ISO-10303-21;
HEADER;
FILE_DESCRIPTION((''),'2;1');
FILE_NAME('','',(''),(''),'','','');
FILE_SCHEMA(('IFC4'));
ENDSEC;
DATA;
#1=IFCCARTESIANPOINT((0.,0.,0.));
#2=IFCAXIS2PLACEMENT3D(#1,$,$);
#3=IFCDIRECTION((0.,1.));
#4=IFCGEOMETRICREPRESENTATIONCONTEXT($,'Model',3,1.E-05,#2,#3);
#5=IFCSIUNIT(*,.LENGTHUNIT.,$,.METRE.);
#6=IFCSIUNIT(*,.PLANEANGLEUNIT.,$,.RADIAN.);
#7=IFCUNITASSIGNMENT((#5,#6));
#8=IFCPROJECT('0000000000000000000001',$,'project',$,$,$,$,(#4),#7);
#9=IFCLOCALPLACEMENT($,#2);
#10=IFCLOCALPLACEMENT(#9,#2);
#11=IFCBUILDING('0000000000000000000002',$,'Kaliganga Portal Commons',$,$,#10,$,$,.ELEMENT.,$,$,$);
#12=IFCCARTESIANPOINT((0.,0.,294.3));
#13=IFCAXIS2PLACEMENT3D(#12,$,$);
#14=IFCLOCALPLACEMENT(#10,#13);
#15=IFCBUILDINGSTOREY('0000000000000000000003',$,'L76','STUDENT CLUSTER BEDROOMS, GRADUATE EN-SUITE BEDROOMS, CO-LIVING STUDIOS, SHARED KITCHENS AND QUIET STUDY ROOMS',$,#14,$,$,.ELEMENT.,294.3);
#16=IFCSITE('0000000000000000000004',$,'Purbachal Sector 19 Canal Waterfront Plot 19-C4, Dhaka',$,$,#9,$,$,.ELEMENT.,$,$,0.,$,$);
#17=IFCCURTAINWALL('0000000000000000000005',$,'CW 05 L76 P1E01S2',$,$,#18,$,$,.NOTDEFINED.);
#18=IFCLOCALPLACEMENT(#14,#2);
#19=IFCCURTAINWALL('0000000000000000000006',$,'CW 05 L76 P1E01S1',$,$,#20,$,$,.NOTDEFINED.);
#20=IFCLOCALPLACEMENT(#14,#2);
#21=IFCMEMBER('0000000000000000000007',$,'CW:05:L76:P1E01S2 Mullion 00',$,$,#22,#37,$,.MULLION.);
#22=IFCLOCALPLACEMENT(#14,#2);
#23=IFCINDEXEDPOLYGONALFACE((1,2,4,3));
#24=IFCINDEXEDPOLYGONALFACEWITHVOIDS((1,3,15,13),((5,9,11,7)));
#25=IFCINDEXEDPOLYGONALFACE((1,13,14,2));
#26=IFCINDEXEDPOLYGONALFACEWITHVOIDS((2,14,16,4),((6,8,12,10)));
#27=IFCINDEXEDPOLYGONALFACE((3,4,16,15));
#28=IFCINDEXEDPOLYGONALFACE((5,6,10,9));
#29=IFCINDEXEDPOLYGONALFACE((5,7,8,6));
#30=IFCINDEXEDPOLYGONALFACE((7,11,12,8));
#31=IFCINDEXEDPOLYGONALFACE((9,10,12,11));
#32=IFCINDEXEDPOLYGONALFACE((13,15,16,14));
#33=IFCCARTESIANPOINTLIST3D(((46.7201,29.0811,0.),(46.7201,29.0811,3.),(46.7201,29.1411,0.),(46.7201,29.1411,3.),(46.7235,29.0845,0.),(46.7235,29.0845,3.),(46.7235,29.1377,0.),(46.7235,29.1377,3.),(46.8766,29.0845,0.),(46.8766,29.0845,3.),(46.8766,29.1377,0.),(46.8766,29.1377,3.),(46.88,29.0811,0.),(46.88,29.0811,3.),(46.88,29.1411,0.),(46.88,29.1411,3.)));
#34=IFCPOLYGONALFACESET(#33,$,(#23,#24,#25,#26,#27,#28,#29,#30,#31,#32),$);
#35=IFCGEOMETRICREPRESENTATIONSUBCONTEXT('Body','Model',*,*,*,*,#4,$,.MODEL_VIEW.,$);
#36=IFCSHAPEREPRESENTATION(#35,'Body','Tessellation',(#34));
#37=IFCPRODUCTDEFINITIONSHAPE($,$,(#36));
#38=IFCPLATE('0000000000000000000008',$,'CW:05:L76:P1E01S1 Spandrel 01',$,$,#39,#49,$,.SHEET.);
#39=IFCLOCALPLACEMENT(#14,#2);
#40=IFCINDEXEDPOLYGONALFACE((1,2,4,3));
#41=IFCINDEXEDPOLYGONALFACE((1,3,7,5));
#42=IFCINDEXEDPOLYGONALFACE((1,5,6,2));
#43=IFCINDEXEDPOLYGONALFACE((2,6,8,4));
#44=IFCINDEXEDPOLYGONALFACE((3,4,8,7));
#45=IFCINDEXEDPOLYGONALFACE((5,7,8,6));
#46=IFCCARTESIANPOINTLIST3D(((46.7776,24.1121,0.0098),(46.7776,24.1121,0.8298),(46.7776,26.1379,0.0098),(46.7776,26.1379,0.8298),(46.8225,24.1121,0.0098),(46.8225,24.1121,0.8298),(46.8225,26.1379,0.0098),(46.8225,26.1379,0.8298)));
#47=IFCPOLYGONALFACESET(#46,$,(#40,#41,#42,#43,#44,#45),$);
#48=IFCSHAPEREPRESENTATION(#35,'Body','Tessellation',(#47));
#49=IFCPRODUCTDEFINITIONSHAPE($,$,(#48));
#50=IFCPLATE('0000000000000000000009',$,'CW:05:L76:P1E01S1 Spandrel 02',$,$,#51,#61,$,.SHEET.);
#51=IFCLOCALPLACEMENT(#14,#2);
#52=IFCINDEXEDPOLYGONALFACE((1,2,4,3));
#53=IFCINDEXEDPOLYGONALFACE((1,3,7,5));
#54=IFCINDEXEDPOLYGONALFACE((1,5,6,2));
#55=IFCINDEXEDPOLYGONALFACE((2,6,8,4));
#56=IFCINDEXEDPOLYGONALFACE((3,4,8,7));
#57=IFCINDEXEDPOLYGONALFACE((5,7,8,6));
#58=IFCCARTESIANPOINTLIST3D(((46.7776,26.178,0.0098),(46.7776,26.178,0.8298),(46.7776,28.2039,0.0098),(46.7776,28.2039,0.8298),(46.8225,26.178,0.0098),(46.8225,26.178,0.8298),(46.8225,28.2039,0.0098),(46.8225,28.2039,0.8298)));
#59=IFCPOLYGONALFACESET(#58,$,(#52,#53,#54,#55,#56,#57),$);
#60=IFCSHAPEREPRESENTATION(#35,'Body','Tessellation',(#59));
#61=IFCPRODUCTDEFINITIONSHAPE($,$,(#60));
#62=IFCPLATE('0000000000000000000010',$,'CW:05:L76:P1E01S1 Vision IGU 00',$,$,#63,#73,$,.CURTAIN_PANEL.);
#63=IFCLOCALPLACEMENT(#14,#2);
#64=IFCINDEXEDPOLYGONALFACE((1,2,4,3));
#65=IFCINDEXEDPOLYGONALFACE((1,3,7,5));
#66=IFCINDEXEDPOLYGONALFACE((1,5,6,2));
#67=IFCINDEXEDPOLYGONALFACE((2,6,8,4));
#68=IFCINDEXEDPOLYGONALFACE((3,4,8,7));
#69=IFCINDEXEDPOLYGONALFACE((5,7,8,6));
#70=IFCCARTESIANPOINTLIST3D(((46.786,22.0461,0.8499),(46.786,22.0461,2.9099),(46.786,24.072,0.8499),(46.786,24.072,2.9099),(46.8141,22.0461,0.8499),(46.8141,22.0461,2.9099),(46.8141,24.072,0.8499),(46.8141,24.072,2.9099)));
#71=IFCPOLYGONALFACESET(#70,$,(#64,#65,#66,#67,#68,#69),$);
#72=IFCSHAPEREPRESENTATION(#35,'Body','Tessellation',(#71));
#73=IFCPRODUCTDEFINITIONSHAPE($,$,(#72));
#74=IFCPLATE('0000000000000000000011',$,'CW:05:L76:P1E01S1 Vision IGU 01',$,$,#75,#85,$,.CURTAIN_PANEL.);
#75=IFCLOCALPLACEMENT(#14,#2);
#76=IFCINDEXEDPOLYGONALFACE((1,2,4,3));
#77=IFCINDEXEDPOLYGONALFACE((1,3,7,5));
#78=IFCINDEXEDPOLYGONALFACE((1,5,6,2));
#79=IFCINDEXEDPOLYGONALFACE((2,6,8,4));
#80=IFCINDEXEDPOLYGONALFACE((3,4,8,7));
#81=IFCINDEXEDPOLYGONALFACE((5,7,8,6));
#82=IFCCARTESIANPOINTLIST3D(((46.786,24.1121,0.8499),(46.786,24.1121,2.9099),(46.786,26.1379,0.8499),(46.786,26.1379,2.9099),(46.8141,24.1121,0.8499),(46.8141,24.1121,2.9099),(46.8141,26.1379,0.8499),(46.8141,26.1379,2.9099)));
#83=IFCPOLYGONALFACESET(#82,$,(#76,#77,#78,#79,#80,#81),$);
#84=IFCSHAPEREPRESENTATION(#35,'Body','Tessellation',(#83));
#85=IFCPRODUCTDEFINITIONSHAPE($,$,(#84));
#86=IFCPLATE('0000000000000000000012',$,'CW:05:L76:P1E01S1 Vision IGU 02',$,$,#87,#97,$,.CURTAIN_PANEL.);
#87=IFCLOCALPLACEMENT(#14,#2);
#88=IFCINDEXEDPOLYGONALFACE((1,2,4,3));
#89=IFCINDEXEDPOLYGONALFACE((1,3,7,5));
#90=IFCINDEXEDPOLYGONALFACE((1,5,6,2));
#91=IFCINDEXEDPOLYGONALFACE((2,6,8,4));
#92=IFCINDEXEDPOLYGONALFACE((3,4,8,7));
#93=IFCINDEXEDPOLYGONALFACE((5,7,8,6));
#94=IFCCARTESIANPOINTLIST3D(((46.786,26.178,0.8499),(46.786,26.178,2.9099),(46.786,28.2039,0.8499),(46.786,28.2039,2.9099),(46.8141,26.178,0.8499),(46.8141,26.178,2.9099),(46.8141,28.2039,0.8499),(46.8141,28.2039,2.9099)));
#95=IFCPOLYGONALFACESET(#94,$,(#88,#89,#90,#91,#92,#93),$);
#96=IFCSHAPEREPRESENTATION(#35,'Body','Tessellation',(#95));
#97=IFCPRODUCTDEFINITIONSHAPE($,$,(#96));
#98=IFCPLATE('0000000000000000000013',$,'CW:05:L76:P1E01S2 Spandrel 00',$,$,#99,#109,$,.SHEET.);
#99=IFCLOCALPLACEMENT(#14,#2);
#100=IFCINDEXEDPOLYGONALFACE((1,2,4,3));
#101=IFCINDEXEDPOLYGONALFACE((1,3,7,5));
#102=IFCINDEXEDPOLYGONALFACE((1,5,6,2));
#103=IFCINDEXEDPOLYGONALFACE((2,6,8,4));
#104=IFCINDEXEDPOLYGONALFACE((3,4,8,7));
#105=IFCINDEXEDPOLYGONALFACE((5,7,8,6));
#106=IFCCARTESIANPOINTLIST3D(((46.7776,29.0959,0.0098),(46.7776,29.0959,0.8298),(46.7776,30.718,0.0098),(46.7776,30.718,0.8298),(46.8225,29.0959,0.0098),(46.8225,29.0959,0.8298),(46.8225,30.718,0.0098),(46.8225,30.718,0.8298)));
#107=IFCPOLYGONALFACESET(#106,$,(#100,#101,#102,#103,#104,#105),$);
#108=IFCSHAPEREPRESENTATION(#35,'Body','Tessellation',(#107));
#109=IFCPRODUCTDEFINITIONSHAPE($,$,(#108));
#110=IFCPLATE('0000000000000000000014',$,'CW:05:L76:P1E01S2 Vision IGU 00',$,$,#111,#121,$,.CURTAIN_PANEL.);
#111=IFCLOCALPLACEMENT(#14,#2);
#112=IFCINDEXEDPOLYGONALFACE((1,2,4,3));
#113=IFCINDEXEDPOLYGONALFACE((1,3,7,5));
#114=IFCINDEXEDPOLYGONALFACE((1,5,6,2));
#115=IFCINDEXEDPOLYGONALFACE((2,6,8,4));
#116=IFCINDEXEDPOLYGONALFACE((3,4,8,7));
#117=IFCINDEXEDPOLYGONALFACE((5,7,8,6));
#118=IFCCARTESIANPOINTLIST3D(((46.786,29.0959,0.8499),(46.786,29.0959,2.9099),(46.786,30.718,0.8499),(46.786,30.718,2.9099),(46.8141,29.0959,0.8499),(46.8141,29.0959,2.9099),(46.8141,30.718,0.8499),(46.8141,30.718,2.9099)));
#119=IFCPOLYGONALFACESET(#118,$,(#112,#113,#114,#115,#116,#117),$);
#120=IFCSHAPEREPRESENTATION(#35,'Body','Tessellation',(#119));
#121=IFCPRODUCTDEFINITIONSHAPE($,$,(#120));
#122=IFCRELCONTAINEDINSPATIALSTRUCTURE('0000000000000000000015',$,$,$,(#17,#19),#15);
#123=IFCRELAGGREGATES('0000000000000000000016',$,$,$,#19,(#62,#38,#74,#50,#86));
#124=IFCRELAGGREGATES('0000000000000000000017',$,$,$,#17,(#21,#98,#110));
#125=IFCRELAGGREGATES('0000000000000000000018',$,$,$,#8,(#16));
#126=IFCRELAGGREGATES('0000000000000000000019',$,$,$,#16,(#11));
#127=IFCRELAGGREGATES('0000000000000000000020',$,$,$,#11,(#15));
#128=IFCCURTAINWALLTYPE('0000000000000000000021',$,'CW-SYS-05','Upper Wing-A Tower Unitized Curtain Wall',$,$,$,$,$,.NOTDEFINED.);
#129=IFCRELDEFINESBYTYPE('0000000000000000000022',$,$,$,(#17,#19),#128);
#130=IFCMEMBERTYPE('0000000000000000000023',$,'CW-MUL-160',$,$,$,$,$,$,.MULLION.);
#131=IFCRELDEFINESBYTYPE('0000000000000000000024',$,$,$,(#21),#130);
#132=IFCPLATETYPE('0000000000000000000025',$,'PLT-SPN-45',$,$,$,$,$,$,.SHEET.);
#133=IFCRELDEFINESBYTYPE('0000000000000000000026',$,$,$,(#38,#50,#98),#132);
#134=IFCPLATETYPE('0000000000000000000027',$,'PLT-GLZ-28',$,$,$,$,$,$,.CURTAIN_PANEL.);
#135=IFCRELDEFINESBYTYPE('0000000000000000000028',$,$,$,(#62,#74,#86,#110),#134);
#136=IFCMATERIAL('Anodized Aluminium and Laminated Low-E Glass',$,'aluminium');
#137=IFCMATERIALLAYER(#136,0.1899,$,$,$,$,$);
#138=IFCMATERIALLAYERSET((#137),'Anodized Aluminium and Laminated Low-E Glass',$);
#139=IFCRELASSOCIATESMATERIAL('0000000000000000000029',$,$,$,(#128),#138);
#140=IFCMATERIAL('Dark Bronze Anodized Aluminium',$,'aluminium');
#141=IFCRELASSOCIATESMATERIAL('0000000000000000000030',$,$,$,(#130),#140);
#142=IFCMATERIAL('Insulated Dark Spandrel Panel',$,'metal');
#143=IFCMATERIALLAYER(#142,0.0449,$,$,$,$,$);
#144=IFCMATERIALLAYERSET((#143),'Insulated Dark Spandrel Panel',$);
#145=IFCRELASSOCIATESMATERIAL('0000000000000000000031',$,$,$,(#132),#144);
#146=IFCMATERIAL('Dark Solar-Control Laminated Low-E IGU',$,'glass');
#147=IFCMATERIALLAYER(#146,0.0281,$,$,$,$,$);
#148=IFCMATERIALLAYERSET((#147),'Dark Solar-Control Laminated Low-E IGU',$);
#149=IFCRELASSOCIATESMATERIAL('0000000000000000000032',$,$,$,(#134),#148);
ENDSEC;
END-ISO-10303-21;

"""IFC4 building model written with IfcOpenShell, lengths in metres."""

from ifc_helpers import new_model, si_unit, direction, frame, origin, origin_2d, place, context, subcontext, project, spatial, rectangle, hollow_rectangle, extrude, source, transform, mapped, material, layer, layer_set, material_profile, profile_set, type_object, element, aggregate, save


model = new_model("IFC4")

# Units and contexts
model_context = context("Model", 3, precision=1e-05, world=origin(), true_north=direction((0.0, 1.0)))
body_context = subcontext(model_context, "Body", "Model", "MODEL_VIEW")
ifc_project = project(units=[si_unit("LENGTHUNIT", "METRE"), si_unit("PLANEANGLEUNIT", "RADIAN")], contexts=[model_context])

# Site, building, storey
site_placement = place(None, origin())
site = spatial("IfcSite", under=ifc_project, at=site_placement, Name="Purbachal Sector 19 Canal Waterfront Plot 19-C4, Dhaka", CompositionType="ELEMENT", RefElevation=0.0)
building_placement = place(site_placement, origin())
building = spatial("IfcBuilding", under=site, at=building_placement, Name="Kaliganga Portal Commons", CompositionType="ELEMENT")
storey_placement = place(building_placement, frame((0.0, 0.0, 294.3)))
storey = spatial("IfcBuildingStorey", under=building, at=storey_placement, Name="L76", Description="STUDENT CLUSTER BEDROOMS, GRADUATE EN-SUITE BEDROOMS, CO-LIVING STUDIOS, SHARED KITCHENS AND QUIET STUDY ROOMS", CompositionType="ELEMENT", Elevation=294.3)

# Curtain walls
ifc_material_1 = material(Name="Anodized Aluminium and Laminated Low-E Glass", Category="aluminium")
ifc_layer_1 = layer(ifc_material_1, 0.1899)
ifc_layer_set_1 = layer_set([ifc_layer_1], Name="Anodized Aluminium and Laminated Low-E Glass")
curtain_wall_type = type_object("IfcCurtainWallType", Name="CW-SYS-05", Description="Upper Wing-A Tower Unitized Curtain Wall", PredefinedType="NOTDEFINED", material=ifc_layer_set_1)
curtain_wall_1_placement = place(storey_placement, origin())
curtain_wall_1 = element("IfcCurtainWall", 1, at=curtain_wall_1_placement, inside=storey, type_object=curtain_wall_type, Name="CW 05 L76 P1E01S2", PredefinedType="NOTDEFINED")
ifc_material_2 = material(Name="Dark Bronze Anodized Aluminium", Category="aluminium")
curtain_wall_2_placement = place(storey_placement, origin())
curtain_wall_2 = element("IfcCurtainWall", 2, at=curtain_wall_2_placement, inside=storey, type_object=curtain_wall_type, Name="CW 05 L76 P1E01S1", PredefinedType="NOTDEFINED")
ifc_material_profile_1 = material_profile(ifc_material_2, hollow_rectangle(XDim=0.0601, YDim=0.1599, WallThickness=0.0034, at=origin_2d()), Name="ALU MULL 60x160x3.5")
ifc_profile_set_1 = profile_set([ifc_material_profile_1], Name="Dark Bronze Anodized Aluminium")
member_type_1 = type_object("IfcMemberType", Name="CW-MUL-160", PredefinedType="MULLION", material=ifc_profile_set_1)
shared_shape_1 = source(origin(), body_context, "Body", "SweptSolid", [
    extrude(hollow_rectangle(XDim=0.0601, YDim=0.1599, WallThickness=0.0034, at=origin_2d()), origin(), (0.0, 0.0, 1.0), 3.0),
])

# Member
member_1_placement = place(storey_placement, frame((46.8, 29.1111, 0.0), z_axis=(0.0, 0.0, 1.0), x_axis=(0.0, 1.0, 0.0)))
member_1 = element("IfcMember", 3, at=member_1_placement, type_object=member_type_1, Name="CW:05:L76:P1E01S2 Mullion 00", PredefinedType="MULLION", context=body_context, shape_type="MappedRepresentation", body=[
    mapped(shared_shape_1, transform((0.0, 0.0, 0.0), x_axis=(1.0, 0.0, 0.0), y_axis=(0.0, 1.0, 0.0), z_axis=(0.0, 0.0, 1.0), scale=1.0)),
])

# Plates
ifc_material_3 = material(Name="Insulated Dark Spandrel Panel", Category="metal")
ifc_layer_2 = layer(ifc_material_3, 0.0449)
ifc_layer_set_2 = layer_set([ifc_layer_2], Name="Insulated Dark Spandrel Panel")
plate_type_1 = type_object("IfcPlateType", Name="PLT-SPN-45", PredefinedType="SHEET", material=ifc_layer_set_2)
shared_shape_2 = source(origin(), body_context, "Body", "SweptSolid", [
    extrude(rectangle(XDim=2.0259, YDim=0.0449, at=origin_2d()), origin(), (0.0, 0.0, 1.0), 0.8201),
])
plate_1_placement = place(storey_placement, frame((46.8, 25.125, 0.0098), z_axis=(0.0, 0.0, 1.0), x_axis=(0.0, 1.0, 0.0)))
plate_1 = element("IfcPlate", 4, at=plate_1_placement, type_object=plate_type_1, Name="CW:05:L76:P1E01S1 Spandrel 01", PredefinedType="SHEET", context=body_context, shape_type="MappedRepresentation", body=[
    mapped(shared_shape_2, transform((0.0, 0.0, 0.0), x_axis=(1.0, 0.0, 0.0), y_axis=(0.0, 1.0, 0.0), z_axis=(0.0, 0.0, 1.0), scale=1.0)),
])
plate_2_placement = place(storey_placement, frame((46.8, 27.1909, 0.0098), z_axis=(0.0, 0.0, 1.0), x_axis=(0.0, 1.0, 0.0)))
plate_2 = element("IfcPlate", 5, at=plate_2_placement, type_object=plate_type_1, Name="CW:05:L76:P1E01S1 Spandrel 02", PredefinedType="SHEET", context=body_context, shape_type="MappedRepresentation", body=[
    mapped(shared_shape_2, transform((0.0, 0.0, 0.0), x_axis=(1.0, 0.0, 0.0), y_axis=(0.0, 1.0, 0.0), z_axis=(0.0, 0.0, 1.0), scale=1.0)),
])
ifc_material_4 = material(Name="Dark Solar-Control Laminated Low-E IGU", Category="glass")
ifc_layer_3 = layer(ifc_material_4, 0.0281)
ifc_layer_set_3 = layer_set([ifc_layer_3], Name="Dark Solar-Control Laminated Low-E IGU")
plate_type_2 = type_object("IfcPlateType", Name="PLT-GLZ-28", PredefinedType="CURTAIN_PANEL", material=ifc_layer_set_3)
shared_shape_3 = source(origin(), body_context, "Body", "SweptSolid", [
    extrude(rectangle(XDim=2.0259, YDim=0.0281, at=origin_2d()), origin(), (0.0, 0.0, 1.0), 2.0601),
])
plate_3_placement = place(storey_placement, frame((46.8, 23.0591, 0.8499), z_axis=(0.0, 0.0, 1.0), x_axis=(0.0, 1.0, 0.0)))
plate_3 = element("IfcPlate", 6, at=plate_3_placement, type_object=plate_type_2, Name="CW:05:L76:P1E01S1 Vision IGU 00", PredefinedType="CURTAIN_PANEL", context=body_context, shape_type="MappedRepresentation", body=[
    mapped(shared_shape_3, transform((0.0, 0.0, 0.0), x_axis=(1.0, 0.0, 0.0), y_axis=(0.0, 1.0, 0.0), z_axis=(0.0, 0.0, 1.0), scale=1.0)),
])
plate_4_placement = place(storey_placement, frame((46.8, 25.125, 0.8499), z_axis=(0.0, 0.0, 1.0), x_axis=(0.0, 1.0, 0.0)))
plate_4 = element("IfcPlate", 7, at=plate_4_placement, type_object=plate_type_2, Name="CW:05:L76:P1E01S1 Vision IGU 01", PredefinedType="CURTAIN_PANEL", context=body_context, shape_type="MappedRepresentation", body=[
    mapped(shared_shape_3, transform((0.0, 0.0, 0.0), x_axis=(1.0, 0.0, 0.0), y_axis=(0.0, 1.0, 0.0), z_axis=(0.0, 0.0, 1.0), scale=1.0)),
])
plate_5_placement = place(storey_placement, frame((46.8, 27.1909, 0.8499), z_axis=(0.0, 0.0, 1.0), x_axis=(0.0, 1.0, 0.0)))
plate_5 = element("IfcPlate", 8, at=plate_5_placement, type_object=plate_type_2, Name="CW:05:L76:P1E01S1 Vision IGU 02", PredefinedType="CURTAIN_PANEL", context=body_context, shape_type="MappedRepresentation", body=[
    mapped(shared_shape_3, transform((0.0, 0.0, 0.0), x_axis=(1.0, 0.0, 0.0), y_axis=(0.0, 1.0, 0.0), z_axis=(0.0, 0.0, 1.0), scale=1.0)),
])
aggregate(curtain_wall_2, [plate_3, plate_1, plate_4, plate_2, plate_5])
shared_shape_4 = source(origin(), body_context, "Body", "SweptSolid", [
    extrude(rectangle(XDim=1.6221, YDim=0.0449, at=origin_2d()), origin(), (0.0, 0.0, 1.0), 0.8201),
])
plate_6_placement = place(storey_placement, frame((46.8, 29.907, 0.0098), z_axis=(0.0, 0.0, 1.0), x_axis=(0.0, 1.0, 0.0)))
plate_6 = element("IfcPlate", 9, at=plate_6_placement, type_object=plate_type_1, Name="CW:05:L76:P1E01S2 Spandrel 00", PredefinedType="SHEET", context=body_context, shape_type="MappedRepresentation", body=[
    mapped(shared_shape_4, transform((0.0, 0.0, 0.0), x_axis=(1.0, 0.0, 0.0), y_axis=(0.0, 1.0, 0.0), z_axis=(0.0, 0.0, 1.0), scale=1.0)),
])
shared_shape_5 = source(origin(), body_context, "Body", "SweptSolid", [
    extrude(rectangle(XDim=1.6221, YDim=0.0281, at=origin_2d()), origin(), (0.0, 0.0, 1.0), 2.0601),
])
plate_7_placement = place(storey_placement, frame((46.8, 29.907, 0.8499), z_axis=(0.0, 0.0, 1.0), x_axis=(0.0, 1.0, 0.0)))
plate_7 = element("IfcPlate", 10, at=plate_7_placement, type_object=plate_type_2, Name="CW:05:L76:P1E01S2 Vision IGU 00", PredefinedType="CURTAIN_PANEL", context=body_context, shape_type="MappedRepresentation", body=[
    mapped(shared_shape_5, transform((0.0, 0.0, 0.0), x_axis=(1.0, 0.0, 0.0), y_axis=(0.0, 1.0, 0.0), z_axis=(0.0, 0.0, 1.0), scale=1.0)),
])
aggregate(curtain_wall_1, [member_1, plate_6, plate_7])

save(model, "model.ifc")
